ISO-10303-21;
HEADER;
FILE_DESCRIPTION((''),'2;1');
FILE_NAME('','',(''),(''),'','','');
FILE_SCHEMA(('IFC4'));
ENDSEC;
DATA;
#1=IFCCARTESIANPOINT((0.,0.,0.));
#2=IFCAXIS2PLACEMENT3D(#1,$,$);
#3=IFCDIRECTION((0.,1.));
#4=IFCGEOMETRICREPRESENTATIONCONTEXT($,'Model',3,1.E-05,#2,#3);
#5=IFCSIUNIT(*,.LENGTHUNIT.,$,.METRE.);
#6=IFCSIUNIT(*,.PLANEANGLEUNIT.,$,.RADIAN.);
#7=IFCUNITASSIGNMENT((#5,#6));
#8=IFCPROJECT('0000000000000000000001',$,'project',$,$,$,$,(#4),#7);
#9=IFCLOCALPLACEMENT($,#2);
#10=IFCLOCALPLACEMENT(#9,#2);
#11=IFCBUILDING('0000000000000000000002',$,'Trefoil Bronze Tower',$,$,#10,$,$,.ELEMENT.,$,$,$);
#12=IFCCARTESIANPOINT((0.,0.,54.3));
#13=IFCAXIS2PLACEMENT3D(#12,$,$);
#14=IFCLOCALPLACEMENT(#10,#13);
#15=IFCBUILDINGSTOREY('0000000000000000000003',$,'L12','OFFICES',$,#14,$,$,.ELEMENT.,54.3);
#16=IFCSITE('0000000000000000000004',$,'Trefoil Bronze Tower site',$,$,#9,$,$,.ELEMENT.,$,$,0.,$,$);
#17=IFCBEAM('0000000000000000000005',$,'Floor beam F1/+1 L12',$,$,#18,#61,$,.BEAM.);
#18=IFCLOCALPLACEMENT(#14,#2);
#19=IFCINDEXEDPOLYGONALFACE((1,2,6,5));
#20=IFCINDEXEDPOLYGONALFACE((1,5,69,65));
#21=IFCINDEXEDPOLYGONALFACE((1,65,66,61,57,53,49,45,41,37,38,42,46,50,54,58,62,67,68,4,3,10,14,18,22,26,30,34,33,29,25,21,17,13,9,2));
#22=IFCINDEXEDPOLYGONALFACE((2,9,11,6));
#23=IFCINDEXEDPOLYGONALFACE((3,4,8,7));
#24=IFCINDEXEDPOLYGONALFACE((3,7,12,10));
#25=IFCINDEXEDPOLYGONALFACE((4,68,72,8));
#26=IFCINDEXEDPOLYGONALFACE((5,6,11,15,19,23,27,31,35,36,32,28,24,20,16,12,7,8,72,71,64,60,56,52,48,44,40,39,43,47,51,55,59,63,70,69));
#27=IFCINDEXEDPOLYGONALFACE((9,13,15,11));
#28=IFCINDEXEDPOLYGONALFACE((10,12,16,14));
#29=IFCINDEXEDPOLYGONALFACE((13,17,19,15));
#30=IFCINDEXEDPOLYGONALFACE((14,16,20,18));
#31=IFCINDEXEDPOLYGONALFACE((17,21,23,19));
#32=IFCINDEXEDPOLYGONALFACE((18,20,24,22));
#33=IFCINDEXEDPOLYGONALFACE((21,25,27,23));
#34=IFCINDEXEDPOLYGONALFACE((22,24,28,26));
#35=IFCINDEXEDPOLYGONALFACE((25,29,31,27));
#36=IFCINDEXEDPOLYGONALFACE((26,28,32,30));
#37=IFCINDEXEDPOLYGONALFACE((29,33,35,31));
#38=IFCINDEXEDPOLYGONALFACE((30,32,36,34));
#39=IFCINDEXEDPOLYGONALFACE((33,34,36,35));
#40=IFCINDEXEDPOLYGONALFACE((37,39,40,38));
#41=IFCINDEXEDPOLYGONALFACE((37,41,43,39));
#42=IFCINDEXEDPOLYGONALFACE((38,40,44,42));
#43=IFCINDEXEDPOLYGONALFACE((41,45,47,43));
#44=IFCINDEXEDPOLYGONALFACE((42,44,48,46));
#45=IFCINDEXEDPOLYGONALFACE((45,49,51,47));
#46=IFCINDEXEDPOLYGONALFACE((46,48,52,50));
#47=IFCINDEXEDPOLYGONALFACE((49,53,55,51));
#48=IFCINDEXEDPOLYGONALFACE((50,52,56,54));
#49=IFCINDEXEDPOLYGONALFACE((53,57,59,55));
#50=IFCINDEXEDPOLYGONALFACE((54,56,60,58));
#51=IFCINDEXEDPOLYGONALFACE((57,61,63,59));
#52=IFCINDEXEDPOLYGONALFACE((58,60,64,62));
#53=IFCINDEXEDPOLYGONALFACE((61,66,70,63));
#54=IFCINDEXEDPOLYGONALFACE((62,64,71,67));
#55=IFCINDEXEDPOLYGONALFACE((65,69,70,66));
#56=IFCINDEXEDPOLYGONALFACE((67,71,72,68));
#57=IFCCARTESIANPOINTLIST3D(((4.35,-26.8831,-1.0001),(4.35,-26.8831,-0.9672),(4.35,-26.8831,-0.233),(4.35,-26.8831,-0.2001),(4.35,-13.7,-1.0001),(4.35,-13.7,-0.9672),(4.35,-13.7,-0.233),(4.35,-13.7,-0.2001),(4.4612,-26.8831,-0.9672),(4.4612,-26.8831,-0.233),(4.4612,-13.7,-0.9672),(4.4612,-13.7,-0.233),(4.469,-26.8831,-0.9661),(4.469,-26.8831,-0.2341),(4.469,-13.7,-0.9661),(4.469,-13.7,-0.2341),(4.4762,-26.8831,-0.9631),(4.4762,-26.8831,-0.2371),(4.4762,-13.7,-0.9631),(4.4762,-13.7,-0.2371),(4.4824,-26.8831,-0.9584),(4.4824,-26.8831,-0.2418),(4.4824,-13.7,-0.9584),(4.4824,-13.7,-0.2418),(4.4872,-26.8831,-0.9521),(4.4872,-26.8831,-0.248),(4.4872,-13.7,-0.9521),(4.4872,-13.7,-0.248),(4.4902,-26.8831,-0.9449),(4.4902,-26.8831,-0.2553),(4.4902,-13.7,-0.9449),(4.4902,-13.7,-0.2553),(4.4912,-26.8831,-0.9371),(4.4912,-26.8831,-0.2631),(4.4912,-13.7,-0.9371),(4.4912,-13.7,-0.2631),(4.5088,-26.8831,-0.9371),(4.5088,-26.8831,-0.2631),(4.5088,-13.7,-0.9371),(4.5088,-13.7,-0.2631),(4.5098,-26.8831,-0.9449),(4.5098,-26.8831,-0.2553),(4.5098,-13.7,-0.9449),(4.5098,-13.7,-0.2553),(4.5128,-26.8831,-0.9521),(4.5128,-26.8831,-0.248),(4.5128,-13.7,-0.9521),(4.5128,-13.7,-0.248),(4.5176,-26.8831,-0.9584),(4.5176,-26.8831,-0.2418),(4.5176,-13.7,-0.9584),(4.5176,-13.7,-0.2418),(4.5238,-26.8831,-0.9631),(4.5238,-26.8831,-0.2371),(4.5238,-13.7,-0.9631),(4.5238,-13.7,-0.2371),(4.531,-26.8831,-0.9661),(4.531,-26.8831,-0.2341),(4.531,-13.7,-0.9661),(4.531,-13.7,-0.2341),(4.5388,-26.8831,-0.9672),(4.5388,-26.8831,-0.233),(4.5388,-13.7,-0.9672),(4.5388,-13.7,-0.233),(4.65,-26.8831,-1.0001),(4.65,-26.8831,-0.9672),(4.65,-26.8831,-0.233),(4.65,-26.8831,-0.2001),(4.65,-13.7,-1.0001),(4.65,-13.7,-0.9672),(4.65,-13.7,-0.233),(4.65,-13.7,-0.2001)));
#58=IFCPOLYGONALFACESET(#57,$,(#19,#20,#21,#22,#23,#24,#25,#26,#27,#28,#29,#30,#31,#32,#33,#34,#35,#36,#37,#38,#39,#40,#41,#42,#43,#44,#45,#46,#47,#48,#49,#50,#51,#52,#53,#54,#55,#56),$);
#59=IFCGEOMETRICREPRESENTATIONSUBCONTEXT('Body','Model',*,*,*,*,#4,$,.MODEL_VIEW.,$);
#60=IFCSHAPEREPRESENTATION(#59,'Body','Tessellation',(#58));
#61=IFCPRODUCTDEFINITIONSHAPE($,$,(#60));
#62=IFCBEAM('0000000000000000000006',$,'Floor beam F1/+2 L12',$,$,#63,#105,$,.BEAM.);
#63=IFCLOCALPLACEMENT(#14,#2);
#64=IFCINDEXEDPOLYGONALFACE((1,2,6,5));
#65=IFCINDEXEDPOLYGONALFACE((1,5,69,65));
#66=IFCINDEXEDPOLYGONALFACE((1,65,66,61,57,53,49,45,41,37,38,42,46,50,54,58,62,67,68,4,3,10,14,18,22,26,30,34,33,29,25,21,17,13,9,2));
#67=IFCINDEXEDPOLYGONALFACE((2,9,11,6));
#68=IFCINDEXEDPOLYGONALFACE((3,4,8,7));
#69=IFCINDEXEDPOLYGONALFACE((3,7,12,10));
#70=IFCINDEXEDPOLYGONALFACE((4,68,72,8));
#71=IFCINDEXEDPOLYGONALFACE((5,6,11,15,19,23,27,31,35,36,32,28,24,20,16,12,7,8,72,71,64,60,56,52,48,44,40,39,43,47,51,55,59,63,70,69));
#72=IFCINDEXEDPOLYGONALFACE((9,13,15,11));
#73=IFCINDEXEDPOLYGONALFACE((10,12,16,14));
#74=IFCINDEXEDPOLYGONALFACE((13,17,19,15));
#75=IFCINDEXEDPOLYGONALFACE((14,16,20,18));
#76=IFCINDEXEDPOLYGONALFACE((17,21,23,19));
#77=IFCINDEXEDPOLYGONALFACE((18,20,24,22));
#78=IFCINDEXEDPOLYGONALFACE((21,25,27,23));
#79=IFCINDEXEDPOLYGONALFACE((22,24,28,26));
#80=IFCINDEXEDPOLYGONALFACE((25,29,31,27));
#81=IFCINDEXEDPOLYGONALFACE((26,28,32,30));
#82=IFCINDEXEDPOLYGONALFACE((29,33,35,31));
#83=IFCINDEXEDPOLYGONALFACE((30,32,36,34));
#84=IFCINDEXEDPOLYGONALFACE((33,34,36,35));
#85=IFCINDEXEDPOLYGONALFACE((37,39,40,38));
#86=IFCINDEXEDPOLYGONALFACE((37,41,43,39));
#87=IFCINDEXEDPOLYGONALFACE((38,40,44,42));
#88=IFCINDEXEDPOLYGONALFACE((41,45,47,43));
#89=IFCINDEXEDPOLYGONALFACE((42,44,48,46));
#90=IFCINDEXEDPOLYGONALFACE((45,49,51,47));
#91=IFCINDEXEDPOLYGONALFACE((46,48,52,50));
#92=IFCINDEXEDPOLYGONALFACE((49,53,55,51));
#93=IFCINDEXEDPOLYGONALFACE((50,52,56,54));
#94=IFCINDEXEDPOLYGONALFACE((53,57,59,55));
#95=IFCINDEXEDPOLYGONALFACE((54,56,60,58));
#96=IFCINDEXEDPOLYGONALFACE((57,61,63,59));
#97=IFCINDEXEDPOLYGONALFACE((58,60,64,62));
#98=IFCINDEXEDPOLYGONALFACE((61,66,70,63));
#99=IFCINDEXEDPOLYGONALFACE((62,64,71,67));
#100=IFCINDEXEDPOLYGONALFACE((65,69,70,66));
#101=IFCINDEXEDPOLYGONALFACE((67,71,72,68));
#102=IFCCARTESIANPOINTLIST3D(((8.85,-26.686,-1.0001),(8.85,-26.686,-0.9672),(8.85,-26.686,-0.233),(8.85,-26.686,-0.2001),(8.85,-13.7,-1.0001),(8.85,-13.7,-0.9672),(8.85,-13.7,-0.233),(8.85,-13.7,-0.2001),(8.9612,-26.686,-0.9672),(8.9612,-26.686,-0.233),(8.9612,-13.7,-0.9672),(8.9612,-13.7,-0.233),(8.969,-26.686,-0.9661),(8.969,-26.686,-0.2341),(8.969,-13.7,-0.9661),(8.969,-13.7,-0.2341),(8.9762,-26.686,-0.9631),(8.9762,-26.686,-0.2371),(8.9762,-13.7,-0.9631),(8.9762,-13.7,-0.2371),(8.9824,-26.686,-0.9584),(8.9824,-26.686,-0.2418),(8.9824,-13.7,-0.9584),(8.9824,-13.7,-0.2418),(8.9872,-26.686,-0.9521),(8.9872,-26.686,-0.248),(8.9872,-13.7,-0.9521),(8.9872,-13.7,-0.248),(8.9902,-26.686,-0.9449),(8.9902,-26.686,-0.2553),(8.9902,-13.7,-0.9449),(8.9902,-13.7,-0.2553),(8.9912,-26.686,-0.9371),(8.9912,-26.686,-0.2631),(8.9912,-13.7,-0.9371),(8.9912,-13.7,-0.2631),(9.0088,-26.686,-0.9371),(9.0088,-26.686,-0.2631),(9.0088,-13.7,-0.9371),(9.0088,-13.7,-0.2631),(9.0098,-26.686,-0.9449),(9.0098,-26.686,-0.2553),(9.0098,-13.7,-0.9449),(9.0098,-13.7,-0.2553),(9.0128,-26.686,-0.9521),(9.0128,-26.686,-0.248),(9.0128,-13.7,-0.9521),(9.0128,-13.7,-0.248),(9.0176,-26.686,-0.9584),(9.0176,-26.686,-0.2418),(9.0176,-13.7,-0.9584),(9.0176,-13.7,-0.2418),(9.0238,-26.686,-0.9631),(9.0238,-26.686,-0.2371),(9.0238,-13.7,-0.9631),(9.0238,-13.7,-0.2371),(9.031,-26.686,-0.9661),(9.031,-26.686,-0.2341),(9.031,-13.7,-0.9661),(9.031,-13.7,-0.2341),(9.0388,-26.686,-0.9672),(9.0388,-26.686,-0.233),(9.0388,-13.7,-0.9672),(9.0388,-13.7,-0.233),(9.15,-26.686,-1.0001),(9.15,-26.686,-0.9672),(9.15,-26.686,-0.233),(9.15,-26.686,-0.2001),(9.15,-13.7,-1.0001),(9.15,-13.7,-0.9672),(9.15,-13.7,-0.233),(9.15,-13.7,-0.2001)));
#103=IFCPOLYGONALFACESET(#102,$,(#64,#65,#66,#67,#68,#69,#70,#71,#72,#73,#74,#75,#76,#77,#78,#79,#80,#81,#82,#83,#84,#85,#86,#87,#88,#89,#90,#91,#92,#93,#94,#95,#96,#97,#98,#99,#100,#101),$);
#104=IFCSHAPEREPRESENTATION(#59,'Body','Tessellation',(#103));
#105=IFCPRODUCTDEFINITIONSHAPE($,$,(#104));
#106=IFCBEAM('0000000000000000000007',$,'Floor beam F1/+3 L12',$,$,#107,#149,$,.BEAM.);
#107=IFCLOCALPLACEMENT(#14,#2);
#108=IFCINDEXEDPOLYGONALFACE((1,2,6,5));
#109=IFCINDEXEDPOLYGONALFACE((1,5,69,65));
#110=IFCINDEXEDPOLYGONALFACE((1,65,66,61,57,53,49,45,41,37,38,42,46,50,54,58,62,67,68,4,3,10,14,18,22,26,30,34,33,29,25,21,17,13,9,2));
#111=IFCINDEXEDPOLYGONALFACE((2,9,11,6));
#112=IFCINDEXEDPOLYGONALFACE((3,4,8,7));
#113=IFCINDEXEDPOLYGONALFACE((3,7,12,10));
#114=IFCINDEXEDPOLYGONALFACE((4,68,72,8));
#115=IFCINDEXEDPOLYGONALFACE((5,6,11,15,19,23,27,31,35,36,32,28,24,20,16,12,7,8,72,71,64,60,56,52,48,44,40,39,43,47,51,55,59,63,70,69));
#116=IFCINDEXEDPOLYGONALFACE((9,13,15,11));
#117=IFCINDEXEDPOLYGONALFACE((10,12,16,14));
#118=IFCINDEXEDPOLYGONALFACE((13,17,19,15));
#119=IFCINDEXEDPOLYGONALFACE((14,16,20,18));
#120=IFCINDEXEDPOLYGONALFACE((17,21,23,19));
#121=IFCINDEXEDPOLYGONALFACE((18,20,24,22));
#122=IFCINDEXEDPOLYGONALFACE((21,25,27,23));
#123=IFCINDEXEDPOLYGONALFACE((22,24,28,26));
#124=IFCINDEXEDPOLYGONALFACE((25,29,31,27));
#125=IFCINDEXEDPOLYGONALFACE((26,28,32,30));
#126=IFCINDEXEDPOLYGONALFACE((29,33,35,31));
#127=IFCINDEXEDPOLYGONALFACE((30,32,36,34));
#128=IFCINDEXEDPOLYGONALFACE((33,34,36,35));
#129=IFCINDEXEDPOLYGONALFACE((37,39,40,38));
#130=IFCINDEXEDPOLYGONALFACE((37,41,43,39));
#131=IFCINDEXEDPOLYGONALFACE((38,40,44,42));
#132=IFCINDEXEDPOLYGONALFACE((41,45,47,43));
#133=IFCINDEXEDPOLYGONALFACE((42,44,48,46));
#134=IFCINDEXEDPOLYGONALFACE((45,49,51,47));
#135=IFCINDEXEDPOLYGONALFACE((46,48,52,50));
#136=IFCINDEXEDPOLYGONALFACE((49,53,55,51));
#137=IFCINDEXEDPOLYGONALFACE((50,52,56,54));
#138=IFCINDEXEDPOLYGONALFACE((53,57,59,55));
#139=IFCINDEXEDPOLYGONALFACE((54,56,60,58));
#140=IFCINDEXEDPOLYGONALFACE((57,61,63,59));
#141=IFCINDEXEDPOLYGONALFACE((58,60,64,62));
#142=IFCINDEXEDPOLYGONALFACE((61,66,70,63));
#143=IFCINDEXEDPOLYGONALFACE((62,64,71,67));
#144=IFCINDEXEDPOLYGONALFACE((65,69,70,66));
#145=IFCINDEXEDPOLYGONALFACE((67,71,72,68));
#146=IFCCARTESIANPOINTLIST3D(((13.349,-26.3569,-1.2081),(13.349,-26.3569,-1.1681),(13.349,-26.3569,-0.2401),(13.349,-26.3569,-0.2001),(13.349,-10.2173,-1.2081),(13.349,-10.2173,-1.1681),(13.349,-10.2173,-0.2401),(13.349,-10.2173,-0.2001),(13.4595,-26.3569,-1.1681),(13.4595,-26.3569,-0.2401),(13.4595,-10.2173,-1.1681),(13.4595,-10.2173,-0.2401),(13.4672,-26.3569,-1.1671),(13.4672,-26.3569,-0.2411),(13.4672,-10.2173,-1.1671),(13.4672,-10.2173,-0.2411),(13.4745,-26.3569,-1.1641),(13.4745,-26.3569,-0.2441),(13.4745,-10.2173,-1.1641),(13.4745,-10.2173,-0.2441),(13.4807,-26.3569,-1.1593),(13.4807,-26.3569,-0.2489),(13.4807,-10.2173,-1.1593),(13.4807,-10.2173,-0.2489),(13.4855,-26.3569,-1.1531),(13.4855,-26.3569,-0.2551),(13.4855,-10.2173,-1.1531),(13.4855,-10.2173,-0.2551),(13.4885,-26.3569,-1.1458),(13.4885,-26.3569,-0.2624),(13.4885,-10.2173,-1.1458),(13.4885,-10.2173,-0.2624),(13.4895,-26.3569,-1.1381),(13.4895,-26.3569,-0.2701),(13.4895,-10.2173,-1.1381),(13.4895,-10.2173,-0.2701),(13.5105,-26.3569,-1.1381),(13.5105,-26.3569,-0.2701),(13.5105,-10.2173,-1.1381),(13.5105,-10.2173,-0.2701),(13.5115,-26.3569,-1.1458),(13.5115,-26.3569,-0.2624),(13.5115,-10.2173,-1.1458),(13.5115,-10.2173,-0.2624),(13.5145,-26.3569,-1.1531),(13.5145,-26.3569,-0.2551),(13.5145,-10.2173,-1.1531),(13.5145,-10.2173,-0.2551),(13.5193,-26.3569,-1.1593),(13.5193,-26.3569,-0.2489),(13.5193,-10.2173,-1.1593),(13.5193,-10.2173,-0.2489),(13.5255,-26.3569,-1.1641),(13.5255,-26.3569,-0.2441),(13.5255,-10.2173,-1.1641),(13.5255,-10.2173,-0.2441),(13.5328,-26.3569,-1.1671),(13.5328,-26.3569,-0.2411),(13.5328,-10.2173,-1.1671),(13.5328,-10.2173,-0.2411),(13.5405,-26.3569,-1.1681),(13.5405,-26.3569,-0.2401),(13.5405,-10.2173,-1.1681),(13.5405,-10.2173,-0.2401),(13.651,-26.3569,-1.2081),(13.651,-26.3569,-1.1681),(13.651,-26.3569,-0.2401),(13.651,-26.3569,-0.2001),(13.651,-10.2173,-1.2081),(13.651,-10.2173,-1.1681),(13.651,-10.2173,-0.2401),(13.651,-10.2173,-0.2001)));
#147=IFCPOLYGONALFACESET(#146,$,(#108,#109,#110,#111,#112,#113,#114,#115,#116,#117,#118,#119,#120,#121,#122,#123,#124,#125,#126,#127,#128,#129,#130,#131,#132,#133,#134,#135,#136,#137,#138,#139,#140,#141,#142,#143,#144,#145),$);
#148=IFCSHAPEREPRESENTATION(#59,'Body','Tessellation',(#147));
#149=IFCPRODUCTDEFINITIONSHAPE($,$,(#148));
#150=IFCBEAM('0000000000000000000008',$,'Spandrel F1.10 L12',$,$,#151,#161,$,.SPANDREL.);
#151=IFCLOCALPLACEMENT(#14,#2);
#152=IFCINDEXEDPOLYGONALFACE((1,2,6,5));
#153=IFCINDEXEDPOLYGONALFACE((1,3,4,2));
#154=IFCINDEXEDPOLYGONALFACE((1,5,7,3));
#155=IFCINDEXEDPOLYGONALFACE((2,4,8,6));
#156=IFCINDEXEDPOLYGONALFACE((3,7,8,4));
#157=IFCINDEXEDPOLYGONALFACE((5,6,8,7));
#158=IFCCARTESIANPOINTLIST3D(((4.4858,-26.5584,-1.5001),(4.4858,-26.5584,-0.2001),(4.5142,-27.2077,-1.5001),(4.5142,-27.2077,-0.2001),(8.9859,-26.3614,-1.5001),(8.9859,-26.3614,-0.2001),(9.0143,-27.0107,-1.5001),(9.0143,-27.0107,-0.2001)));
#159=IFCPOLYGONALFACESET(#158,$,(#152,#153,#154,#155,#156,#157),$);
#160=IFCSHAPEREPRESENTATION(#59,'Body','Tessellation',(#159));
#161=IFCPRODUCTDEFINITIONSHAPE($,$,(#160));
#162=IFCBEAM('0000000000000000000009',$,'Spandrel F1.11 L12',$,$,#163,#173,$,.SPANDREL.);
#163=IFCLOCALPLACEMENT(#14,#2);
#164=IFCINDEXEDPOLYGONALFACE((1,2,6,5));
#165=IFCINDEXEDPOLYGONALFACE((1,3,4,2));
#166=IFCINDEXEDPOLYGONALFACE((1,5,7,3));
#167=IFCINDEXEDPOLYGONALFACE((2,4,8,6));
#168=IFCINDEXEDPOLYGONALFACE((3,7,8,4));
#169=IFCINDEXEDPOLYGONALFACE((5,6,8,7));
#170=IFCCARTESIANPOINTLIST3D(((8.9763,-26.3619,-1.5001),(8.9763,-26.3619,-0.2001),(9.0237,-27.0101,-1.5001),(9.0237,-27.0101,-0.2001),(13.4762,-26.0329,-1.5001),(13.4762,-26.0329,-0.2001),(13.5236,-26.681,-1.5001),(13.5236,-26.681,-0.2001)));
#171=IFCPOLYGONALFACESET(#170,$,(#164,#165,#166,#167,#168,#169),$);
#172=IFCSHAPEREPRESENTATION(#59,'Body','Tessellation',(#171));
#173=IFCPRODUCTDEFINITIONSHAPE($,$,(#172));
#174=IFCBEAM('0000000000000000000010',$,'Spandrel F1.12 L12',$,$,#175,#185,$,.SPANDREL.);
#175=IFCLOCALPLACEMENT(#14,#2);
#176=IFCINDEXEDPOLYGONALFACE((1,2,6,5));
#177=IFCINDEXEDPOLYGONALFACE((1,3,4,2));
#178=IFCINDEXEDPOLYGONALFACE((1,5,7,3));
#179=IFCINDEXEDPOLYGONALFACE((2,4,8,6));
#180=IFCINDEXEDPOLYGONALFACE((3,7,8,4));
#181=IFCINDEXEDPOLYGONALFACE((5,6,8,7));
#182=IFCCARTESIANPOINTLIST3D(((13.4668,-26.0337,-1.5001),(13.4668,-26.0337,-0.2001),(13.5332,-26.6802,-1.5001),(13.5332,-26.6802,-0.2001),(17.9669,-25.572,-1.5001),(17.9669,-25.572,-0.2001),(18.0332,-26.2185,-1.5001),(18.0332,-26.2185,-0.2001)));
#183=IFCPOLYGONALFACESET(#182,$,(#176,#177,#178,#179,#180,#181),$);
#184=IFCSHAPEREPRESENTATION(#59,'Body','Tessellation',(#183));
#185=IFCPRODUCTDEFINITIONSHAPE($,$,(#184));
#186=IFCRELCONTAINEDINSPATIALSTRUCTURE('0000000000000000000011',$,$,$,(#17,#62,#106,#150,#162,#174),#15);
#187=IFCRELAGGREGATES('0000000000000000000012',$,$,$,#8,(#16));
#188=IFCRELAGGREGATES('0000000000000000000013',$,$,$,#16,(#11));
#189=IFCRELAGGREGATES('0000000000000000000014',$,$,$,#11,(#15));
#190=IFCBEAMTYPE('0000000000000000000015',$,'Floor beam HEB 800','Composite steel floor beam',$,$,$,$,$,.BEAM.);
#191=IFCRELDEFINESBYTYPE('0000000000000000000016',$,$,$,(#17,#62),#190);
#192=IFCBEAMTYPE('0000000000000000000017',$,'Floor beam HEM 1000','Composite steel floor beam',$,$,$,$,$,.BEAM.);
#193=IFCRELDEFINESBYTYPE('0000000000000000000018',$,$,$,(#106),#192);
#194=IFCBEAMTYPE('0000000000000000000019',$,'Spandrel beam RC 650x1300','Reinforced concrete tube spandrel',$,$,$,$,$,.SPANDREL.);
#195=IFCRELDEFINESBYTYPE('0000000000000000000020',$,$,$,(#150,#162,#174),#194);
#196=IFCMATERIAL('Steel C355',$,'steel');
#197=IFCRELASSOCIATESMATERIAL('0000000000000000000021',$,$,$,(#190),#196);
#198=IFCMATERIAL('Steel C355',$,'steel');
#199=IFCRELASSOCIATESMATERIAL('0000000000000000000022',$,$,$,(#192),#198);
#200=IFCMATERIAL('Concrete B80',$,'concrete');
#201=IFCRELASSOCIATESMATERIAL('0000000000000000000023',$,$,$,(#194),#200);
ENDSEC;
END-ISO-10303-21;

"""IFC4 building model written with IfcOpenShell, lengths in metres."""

from ifc_helpers import new_model, si_unit, direction, frame, origin, origin_2d, place, context, subcontext, project, spatial, rectangle, i_section, extrude, material, material_profile, profile_set, type_object, element, save


model = new_model("IFC4")

# Units and contexts
model_context = context("Model", 3, precision=1e-05, world=origin(), true_north=direction((0.0, 1.0)))
body_context = subcontext(model_context, "Body", "Model", "MODEL_VIEW")
ifc_project = project(units=[si_unit("LENGTHUNIT", "METRE"), si_unit("PLANEANGLEUNIT", "RADIAN")], contexts=[model_context])

# Site, building, storey
site_placement = place(None, origin())
site = spatial("IfcSite", under=ifc_project, at=site_placement, Name="Trefoil Bronze Tower site", CompositionType="ELEMENT", RefElevation=0.0)
building_placement = place(site_placement, origin())
building = spatial("IfcBuilding", under=site, at=building_placement, Name="Trefoil Bronze Tower", CompositionType="ELEMENT")
storey_placement = place(building_placement, frame((0.0, 0.0, 54.3)))
storey = spatial("IfcBuildingStorey", under=building, at=storey_placement, Name="L12", Description="OFFICES", CompositionType="ELEMENT", Elevation=54.3)

# Beams
ifc_material_1 = material(Name="Steel C355", Category="steel")
ifc_material_profile_1 = material_profile(ifc_material_1, i_section(OverallWidth=0.3, OverallDepth=0.8, WebThickness=0.0176, FlangeThickness=0.033, FilletRadius=0.03, at=origin_2d()), Name="HEB 800")
ifc_profile_set_1 = profile_set([ifc_material_profile_1], Name="Steel C355")
beam_type_1 = type_object("IfcBeamType", Name="Floor beam HEB 800", Description="Composite steel floor beam", PredefinedType="BEAM", material=ifc_profile_set_1)
beam_1_placement = place(storey_placement, frame((4.5, -26.8831, -0.6001), z_axis=(0.0, 1.0, 0.0), x_axis=(-1.0, 0.0, 0.0)))
element("IfcBeam", 1, at=beam_1_placement, inside=storey, type_object=beam_type_1, Name="Floor beam F1/+1 L12", PredefinedType="BEAM", context=body_context, shape_type="SweptSolid", body=[
    extrude(i_section(OverallWidth=0.3, OverallDepth=0.8, WebThickness=0.0176, FlangeThickness=0.033, FilletRadius=0.03, at=origin_2d()), origin(), (0.0, 0.0, 1.0), 13.1831),
])
beam_2_placement = place(storey_placement, frame((9.0, -26.686, -0.6001), z_axis=(0.0, 1.0, 0.0), x_axis=(-1.0, 0.0, 0.0)))
element("IfcBeam", 2, at=beam_2_placement, inside=storey, type_object=beam_type_1, Name="Floor beam F1/+2 L12", PredefinedType="BEAM", context=body_context, shape_type="SweptSolid", body=[
    extrude(i_section(OverallWidth=0.3, OverallDepth=0.8, WebThickness=0.0176, FlangeThickness=0.033, FilletRadius=0.03, at=origin_2d()), origin(), (0.0, 0.0, 1.0), 12.9861),
])
ifc_material_2 = material(Name="Steel C355", Category="steel")
ifc_material_profile_2 = material_profile(ifc_material_2, i_section(OverallWidth=0.302, OverallDepth=1.0081, WebThickness=0.021, FlangeThickness=0.04, FilletRadius=0.03, at=origin_2d()), Name="HEM 1000")
ifc_profile_set_2 = profile_set([ifc_material_profile_2], Name="Steel C355")
beam_type_2 = type_object("IfcBeamType", Name="Floor beam HEM 1000", Description="Composite steel floor beam", PredefinedType="BEAM", material=ifc_profile_set_2)
beam_3_placement = place(storey_placement, frame((13.5, -26.3569, -0.7041), z_axis=(0.0, 1.0, 0.0), x_axis=(-1.0, 0.0, 0.0)))
element("IfcBeam", 3, at=beam_3_placement, inside=storey, type_object=beam_type_2, Name="Floor beam F1/+3 L12", PredefinedType="BEAM", context=body_context, shape_type="SweptSolid", body=[
    extrude(i_section(OverallWidth=0.302, OverallDepth=1.0081, WebThickness=0.021, FlangeThickness=0.04, FilletRadius=0.03, at=origin_2d()), origin(), (0.0, 0.0, 1.0), 16.1396),
])
ifc_material_3 = material(Name="Concrete B80", Category="concrete")
ifc_material_profile_3 = material_profile(ifc_material_3, rectangle(XDim=0.6499, YDim=1.3, at=origin_2d()), Name="RC 650x1300")
ifc_profile_set_3 = profile_set([ifc_material_profile_3], Name="Concrete B80")
beam_type_3 = type_object("IfcBeamType", Name="Spandrel beam RC 650x1300", Description="Reinforced concrete tube spandrel", PredefinedType="SPANDREL", material=ifc_profile_set_3)
beam_4_placement = place(storey_placement, frame((4.5, -26.8831, -0.8501), z_axis=(0.999043, 0.043741, 0.0), x_axis=(-0.043741, 0.999043, 0.0)))
element("IfcBeam", 4, at=beam_4_placement, inside=storey, type_object=beam_type_3, Name="Spandrel F1.10 L12", PredefinedType="SPANDREL", context=body_context, shape_type="SweptSolid", body=[
    extrude(rectangle(XDim=0.6499, YDim=1.3, at=origin_2d()), origin(), (0.0, 0.0, 1.0), 4.5044),
])
beam_5_placement = place(storey_placement, frame((9.0, -26.686, -0.8501), z_axis=(0.997336, 0.072939, 0.0), x_axis=(-0.072939, 0.997336, 0.0)))
element("IfcBeam", 5, at=beam_5_placement, inside=storey, type_object=beam_type_3, Name="Spandrel F1.11 L12", PredefinedType="SPANDREL", context=body_context, shape_type="SweptSolid", body=[
    extrude(rectangle(XDim=0.6499, YDim=1.3, at=origin_2d()), origin(), (0.0, 0.0, 1.0), 4.512),
])
beam_6_placement = place(storey_placement, frame((13.5, -26.3569, -0.8501), z_axis=(0.994778, 0.102058, 0.0), x_axis=(-0.102058, 0.994778, 0.0)))
element("IfcBeam", 6, at=beam_6_placement, inside=storey, type_object=beam_type_3, Name="Spandrel F1.12 L12", PredefinedType="SPANDREL", context=body_context, shape_type="SweptSolid", body=[
    extrude(rectangle(XDim=0.6499, YDim=1.3, at=origin_2d()), origin(), (0.0, 0.0, 1.0), 4.5237),
])

save(model, "model.ifc")
